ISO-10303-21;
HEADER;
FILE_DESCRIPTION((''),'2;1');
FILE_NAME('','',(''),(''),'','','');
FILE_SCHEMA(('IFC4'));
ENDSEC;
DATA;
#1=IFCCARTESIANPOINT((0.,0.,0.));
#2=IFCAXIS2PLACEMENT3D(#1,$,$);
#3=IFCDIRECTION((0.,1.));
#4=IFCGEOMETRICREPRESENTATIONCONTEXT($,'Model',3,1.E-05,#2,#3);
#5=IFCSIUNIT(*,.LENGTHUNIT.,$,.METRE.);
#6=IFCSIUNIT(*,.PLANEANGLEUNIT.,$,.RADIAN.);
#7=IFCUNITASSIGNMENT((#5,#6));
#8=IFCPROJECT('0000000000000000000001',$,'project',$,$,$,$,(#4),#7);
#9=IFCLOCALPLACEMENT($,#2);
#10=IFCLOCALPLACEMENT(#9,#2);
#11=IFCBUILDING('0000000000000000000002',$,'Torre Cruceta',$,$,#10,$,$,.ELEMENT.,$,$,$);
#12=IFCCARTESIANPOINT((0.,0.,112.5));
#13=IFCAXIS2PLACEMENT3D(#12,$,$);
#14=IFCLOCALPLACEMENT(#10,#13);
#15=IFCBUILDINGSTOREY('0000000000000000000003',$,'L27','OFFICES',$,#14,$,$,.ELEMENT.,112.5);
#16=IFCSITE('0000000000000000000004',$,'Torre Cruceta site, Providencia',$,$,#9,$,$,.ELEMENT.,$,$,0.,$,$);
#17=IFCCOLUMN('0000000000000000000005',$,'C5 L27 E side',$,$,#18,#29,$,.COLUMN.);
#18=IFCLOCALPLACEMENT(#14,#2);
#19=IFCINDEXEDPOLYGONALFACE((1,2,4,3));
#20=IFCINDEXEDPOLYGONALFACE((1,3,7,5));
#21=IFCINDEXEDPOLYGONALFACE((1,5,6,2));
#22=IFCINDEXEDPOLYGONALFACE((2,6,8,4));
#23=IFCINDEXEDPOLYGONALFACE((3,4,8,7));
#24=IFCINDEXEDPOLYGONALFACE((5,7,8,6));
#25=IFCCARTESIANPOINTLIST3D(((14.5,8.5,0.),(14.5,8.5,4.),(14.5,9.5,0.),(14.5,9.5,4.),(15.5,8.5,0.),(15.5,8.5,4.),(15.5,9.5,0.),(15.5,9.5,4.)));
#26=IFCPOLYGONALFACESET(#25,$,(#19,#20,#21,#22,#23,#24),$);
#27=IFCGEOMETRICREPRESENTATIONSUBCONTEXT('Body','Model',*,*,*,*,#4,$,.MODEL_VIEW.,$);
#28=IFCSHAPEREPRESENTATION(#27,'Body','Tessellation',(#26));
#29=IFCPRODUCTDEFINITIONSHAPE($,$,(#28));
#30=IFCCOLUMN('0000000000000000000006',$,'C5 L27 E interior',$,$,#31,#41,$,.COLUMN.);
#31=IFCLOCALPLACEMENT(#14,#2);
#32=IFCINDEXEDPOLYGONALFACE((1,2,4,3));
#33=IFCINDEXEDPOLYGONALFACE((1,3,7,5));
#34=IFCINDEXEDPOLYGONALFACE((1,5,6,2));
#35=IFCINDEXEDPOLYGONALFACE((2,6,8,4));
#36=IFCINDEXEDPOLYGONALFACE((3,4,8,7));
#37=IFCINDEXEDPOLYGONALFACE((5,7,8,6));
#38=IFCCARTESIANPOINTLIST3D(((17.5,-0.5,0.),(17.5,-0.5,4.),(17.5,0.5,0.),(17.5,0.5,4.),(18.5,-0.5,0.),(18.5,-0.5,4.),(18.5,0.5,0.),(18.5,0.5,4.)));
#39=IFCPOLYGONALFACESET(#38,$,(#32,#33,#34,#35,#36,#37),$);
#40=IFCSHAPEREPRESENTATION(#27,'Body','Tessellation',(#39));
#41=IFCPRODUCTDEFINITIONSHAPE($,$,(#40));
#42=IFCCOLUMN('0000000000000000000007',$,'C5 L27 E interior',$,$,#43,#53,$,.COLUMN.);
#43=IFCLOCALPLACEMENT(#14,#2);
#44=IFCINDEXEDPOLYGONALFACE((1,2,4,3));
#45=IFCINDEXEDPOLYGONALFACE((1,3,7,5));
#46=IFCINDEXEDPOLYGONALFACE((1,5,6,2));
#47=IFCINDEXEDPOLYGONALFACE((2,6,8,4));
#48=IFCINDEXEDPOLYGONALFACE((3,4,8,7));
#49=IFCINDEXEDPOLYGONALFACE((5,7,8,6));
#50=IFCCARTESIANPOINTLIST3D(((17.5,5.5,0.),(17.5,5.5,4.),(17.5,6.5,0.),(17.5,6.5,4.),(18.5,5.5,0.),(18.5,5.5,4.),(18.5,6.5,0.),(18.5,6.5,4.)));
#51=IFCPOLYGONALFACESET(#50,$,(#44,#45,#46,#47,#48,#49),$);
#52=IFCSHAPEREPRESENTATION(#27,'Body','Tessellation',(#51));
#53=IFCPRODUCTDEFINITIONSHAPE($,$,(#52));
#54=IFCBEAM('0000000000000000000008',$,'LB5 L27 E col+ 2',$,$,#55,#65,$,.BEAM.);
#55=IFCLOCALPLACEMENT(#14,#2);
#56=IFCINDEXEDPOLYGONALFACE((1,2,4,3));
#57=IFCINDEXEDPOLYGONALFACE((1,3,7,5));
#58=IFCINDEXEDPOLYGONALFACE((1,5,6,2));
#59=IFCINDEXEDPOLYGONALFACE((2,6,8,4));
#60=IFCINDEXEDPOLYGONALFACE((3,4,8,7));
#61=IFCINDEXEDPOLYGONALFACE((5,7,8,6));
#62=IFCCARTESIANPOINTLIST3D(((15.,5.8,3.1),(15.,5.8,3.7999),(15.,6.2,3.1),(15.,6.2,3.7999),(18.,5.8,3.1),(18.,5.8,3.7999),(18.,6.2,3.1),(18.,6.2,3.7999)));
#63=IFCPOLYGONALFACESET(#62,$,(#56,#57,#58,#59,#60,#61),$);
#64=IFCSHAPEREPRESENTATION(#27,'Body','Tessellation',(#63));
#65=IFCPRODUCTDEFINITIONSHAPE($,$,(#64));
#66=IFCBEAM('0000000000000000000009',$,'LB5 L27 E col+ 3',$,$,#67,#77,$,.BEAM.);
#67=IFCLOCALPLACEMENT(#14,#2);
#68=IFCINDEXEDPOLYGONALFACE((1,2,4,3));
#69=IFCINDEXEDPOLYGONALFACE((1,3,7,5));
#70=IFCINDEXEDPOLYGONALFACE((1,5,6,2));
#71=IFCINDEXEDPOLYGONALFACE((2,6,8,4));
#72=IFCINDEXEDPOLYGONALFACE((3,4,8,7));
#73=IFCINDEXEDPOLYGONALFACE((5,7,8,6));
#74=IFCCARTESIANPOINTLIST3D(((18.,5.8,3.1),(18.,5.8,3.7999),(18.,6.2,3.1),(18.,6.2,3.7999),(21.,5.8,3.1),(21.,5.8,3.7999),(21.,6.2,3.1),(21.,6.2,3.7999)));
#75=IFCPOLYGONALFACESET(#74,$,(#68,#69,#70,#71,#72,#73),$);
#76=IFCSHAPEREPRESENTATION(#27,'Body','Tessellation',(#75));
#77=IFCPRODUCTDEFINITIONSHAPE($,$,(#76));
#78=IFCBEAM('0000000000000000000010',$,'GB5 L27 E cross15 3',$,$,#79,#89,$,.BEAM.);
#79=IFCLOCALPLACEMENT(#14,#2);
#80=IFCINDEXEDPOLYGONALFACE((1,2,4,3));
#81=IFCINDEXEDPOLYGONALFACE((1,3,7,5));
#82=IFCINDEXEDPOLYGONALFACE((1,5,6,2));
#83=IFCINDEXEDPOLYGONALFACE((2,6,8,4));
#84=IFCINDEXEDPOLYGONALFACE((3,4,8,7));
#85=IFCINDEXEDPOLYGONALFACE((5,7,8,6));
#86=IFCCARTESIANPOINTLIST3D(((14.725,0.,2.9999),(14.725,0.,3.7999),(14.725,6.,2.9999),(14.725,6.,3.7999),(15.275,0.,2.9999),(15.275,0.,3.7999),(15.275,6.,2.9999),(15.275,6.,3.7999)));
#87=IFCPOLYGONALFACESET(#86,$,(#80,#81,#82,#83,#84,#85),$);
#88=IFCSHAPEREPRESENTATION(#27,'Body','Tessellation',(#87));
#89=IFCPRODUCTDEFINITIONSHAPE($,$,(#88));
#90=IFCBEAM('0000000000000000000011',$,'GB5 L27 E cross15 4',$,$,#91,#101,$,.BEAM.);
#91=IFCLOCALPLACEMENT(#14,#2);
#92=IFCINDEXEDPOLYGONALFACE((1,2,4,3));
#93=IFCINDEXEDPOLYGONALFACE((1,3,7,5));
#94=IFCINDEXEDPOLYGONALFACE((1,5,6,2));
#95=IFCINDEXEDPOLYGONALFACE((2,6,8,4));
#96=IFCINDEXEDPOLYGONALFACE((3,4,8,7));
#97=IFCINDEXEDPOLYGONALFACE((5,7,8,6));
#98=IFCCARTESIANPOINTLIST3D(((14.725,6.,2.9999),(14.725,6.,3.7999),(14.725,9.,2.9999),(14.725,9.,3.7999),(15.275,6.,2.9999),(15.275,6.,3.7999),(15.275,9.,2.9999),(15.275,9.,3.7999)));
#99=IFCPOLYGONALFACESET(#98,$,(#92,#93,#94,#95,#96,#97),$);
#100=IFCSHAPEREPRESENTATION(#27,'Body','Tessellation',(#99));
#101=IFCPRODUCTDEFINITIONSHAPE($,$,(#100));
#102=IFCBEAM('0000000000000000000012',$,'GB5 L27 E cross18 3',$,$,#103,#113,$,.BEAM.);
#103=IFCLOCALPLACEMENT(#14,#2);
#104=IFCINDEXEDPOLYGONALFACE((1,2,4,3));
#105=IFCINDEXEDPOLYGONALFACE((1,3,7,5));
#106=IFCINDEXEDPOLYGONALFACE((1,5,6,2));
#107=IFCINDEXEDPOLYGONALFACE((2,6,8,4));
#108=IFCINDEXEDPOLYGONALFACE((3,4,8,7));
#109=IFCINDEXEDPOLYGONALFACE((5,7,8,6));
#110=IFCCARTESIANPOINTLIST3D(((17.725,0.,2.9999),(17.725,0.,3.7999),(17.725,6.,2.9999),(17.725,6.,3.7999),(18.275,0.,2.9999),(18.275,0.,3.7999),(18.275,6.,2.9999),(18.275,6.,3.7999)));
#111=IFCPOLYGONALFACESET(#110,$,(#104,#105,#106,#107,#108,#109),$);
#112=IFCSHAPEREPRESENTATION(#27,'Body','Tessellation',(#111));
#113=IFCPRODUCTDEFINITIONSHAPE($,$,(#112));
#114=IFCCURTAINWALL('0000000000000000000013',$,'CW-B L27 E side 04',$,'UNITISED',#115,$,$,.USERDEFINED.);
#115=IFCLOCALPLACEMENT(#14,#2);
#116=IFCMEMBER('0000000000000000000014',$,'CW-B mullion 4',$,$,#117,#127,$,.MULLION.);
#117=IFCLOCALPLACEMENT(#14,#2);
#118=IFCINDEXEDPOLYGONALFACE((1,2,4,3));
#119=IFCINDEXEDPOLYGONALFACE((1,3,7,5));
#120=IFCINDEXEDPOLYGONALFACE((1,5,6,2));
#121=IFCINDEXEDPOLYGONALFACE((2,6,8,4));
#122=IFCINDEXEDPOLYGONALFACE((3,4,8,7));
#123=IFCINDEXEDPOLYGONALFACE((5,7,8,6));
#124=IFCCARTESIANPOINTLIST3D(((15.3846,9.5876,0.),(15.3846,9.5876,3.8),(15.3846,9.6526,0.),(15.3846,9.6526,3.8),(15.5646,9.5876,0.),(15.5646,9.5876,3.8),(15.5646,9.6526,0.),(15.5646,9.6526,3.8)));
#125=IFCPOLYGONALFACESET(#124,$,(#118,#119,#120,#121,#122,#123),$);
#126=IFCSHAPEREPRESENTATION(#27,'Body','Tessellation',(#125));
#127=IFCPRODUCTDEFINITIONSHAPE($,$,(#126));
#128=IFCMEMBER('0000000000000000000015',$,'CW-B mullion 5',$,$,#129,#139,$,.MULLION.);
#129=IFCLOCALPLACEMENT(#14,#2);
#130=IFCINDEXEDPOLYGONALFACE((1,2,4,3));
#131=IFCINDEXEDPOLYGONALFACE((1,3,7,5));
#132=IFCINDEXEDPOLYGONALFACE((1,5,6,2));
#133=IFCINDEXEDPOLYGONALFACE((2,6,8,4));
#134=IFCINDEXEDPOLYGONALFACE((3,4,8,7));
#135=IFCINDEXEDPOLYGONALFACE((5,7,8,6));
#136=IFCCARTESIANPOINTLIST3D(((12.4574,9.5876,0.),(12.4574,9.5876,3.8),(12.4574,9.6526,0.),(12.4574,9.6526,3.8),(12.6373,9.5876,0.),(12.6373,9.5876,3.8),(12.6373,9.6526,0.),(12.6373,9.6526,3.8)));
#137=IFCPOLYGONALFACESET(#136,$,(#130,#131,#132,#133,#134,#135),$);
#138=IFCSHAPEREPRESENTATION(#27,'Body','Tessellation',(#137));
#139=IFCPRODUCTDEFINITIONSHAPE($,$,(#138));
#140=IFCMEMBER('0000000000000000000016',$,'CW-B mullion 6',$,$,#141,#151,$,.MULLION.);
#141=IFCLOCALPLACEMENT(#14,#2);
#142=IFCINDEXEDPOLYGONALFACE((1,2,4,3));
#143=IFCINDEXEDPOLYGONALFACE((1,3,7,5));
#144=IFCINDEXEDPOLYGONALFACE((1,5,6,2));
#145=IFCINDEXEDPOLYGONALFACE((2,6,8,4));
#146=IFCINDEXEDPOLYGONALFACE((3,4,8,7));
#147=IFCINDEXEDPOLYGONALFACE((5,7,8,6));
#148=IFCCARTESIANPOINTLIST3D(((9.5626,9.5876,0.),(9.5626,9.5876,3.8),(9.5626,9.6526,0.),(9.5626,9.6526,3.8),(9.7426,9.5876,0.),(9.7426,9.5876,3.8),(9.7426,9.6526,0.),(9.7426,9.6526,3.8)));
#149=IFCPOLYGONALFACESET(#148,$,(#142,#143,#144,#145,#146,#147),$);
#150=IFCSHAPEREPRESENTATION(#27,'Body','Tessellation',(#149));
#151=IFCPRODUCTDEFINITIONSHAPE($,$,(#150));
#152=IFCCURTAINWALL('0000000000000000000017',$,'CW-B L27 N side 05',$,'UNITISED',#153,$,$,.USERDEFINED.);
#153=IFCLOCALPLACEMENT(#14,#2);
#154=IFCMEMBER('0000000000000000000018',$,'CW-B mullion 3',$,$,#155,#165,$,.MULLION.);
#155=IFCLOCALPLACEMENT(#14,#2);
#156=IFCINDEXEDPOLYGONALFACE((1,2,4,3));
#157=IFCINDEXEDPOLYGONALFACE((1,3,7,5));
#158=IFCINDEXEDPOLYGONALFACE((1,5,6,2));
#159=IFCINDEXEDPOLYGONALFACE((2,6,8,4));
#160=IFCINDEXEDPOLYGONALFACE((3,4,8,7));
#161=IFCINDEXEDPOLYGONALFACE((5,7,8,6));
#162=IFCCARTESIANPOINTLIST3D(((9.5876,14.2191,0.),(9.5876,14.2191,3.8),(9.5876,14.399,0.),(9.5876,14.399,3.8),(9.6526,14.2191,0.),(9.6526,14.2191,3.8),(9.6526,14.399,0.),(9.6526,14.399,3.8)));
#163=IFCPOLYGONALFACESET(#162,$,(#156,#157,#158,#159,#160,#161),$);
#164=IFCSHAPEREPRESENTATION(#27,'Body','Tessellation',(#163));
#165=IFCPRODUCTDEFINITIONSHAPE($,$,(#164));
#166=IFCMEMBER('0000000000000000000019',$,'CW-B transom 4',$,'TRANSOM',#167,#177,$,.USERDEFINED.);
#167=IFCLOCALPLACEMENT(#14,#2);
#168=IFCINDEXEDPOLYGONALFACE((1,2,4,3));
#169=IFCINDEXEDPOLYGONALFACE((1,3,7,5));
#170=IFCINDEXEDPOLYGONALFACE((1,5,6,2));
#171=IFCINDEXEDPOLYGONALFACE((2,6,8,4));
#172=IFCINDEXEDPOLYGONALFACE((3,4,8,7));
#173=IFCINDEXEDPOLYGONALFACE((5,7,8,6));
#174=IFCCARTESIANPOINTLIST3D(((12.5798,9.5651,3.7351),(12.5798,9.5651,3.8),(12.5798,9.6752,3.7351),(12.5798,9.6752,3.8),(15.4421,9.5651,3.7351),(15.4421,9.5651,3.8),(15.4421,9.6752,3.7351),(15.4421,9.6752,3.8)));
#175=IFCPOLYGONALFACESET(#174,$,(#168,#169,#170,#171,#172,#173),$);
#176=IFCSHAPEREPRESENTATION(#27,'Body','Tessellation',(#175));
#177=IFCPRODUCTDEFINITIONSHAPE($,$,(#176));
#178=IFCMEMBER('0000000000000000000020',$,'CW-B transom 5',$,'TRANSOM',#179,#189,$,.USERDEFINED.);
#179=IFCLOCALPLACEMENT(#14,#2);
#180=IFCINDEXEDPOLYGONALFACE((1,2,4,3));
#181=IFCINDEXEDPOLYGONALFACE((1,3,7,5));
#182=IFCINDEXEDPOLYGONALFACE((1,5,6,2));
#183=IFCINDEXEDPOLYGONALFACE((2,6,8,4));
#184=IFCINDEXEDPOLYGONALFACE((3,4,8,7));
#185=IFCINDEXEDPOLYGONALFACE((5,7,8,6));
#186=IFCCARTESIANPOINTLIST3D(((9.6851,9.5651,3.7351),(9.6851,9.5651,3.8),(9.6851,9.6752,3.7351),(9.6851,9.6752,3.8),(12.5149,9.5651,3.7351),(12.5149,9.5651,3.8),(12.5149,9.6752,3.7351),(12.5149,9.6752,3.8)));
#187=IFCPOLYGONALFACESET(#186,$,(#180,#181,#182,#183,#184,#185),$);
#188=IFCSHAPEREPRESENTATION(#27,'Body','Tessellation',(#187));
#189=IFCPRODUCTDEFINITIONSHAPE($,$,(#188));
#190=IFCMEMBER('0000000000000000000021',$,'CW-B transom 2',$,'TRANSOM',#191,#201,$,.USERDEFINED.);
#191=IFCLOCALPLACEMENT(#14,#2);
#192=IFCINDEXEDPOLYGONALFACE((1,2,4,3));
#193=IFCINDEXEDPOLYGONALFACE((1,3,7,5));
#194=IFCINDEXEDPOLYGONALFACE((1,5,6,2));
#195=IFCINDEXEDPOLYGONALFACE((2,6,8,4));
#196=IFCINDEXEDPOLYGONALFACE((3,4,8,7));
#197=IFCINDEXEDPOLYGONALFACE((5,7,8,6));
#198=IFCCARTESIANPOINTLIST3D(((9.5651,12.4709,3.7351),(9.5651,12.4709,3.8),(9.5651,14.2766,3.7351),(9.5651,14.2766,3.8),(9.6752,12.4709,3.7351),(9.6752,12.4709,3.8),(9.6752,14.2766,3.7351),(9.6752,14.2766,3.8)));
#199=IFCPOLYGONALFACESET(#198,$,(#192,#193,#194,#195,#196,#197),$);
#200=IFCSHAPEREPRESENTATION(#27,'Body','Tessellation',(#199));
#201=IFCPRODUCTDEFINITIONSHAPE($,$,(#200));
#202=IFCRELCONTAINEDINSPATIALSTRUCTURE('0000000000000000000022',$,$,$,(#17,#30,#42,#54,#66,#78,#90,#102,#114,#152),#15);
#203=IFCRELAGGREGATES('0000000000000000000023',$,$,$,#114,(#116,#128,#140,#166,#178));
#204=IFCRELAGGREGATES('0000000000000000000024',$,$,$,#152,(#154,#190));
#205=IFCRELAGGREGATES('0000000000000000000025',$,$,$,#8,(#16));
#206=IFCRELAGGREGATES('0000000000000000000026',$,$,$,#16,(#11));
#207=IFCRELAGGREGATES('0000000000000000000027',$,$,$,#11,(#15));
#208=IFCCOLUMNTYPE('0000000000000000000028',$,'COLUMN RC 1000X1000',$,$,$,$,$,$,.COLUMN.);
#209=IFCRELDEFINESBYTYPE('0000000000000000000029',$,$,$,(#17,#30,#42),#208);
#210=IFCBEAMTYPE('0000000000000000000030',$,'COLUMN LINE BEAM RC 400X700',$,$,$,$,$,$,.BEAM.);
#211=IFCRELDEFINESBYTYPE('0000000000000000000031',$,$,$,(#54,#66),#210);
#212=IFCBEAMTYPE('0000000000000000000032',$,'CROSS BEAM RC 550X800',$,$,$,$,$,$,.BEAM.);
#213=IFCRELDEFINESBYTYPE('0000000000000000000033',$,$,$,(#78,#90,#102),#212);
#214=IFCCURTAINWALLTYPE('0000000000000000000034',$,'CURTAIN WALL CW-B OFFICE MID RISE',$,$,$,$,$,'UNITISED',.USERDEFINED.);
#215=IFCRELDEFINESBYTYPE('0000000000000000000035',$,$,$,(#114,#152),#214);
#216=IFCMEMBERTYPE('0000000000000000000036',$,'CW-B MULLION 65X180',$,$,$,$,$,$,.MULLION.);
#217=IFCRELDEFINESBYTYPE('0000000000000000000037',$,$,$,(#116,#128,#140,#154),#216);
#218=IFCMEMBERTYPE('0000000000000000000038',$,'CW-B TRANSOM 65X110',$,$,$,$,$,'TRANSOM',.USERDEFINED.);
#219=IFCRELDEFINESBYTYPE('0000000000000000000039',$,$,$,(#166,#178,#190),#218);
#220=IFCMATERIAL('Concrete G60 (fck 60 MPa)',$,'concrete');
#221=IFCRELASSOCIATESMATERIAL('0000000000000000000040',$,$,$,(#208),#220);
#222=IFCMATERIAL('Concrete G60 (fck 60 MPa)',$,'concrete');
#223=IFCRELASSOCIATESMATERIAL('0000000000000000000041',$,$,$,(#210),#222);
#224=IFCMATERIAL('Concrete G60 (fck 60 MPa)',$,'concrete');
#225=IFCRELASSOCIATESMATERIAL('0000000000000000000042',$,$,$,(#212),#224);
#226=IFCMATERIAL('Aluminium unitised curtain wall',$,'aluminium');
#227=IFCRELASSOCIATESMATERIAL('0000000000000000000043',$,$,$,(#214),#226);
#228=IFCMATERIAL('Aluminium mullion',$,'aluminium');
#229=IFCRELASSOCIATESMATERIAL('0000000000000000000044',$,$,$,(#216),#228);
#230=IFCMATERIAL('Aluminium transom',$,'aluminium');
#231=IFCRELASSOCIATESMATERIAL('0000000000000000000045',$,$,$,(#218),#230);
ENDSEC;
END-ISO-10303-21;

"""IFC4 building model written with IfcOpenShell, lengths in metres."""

from ifc_helpers import new_model, si_unit, direction, frame, origin, origin_2d, place, context, subcontext, project, spatial, rectangle, extrude, material, material_profile, profile_set, type_object, element, aggregate, save


model = new_model("IFC4")

# Units and contexts
model_context = context("Model", 3, precision=1e-05, world=origin(), true_north=direction((0.0, 1.0)))
body_context = subcontext(model_context, "Body", "Model", "MODEL_VIEW")
ifc_project = project(units=[si_unit("LENGTHUNIT", "METRE"), si_unit("PLANEANGLEUNIT", "RADIAN")], contexts=[model_context])

# Site, building, storey
site_placement = place(None, origin())
site = spatial("IfcSite", under=ifc_project, at=site_placement, Name="Torre Cruceta site, Providencia", CompositionType="ELEMENT", RefElevation=0.0)
building_placement = place(site_placement, origin())
building = spatial("IfcBuilding", under=site, at=building_placement, Name="Torre Cruceta", CompositionType="ELEMENT")
storey_placement = place(building_placement, frame((0.0, 0.0, 112.5)))
storey = spatial("IfcBuildingStorey", under=building, at=storey_placement, Name="L27", Description="OFFICES", CompositionType="ELEMENT", Elevation=112.5)

# Columns
ifc_material_1 = material(Name="Concrete G60 (fck 60 MPa)", Category="concrete")
ifc_material_profile_1 = material_profile(ifc_material_1, rectangle(XDim=1.0, YDim=1.0, at=origin_2d()), Name="RC 1000X1000")
ifc_profile_set_1 = profile_set([ifc_material_profile_1], Name="Concrete G60 (fck 60 MPa)")
column_type = type_object("IfcColumnType", Name="COLUMN RC 1000X1000", PredefinedType="COLUMN", material=ifc_profile_set_1)
for number, where, z_axis, x_axis, name in (
    (1, (15.0, 9.0, 0.0), (0.0, 0.0, 1.0), (1.0, 0.0, 0.0), "C5 L27 E side"),
    (2, (18.0, 0.0, 0.0), (0.0, 0.0, 1.0), (1.0, 0.0, 0.0), "C5 L27 E interior"),
    (3, (18.0, 6.0, 0.0), (0.0, 0.0, 1.0), (1.0, 0.0, 0.0), "C5 L27 E interior"),
):
    element("IfcColumn", number, at=place(storey_placement, frame(where, z_axis=z_axis, x_axis=x_axis)), inside=storey, type_object=column_type, Name=name, PredefinedType="COLUMN", context=body_context, shape_type="SweptSolid", body=[
        extrude(rectangle(XDim=1.0, YDim=1.0, at=origin_2d()), origin(), (0.0, 0.0, 1.0), 4.0),
    ])

# Beams
ifc_material_2 = material(Name="Concrete G60 (fck 60 MPa)", Category="concrete")
ifc_material_profile_2 = material_profile(ifc_material_2, rectangle(XDim=0.3999, YDim=0.7, at=origin_2d()), Name="RC 400X700")
ifc_profile_set_2 = profile_set([ifc_material_profile_2], Name="Concrete G60 (fck 60 MPa)")
beam_type_1 = type_object("IfcBeamType", Name="COLUMN LINE BEAM RC 400X700", PredefinedType="BEAM", material=ifc_profile_set_2)
for number, where, z_axis, x_axis, name in (
    (4, (15.0, 6.0, 3.45), (1.0, 0.0, 0.0), (0.0, 1.0, 0.0), "LB5 L27 E col+ 2"),
    (5, (18.0, 6.0, 3.45), (1.0, 0.0, 0.0), (0.0, 1.0, 0.0), "LB5 L27 E col+ 3"),
):
    element("IfcBeam", number, at=place(storey_placement, frame(where, z_axis=z_axis, x_axis=x_axis)), inside=storey, type_object=beam_type_1, Name=name, PredefinedType="BEAM", context=body_context, shape_type="SweptSolid", body=[
        extrude(rectangle(XDim=0.3999, YDim=0.7, at=origin_2d()), origin(), (0.0, 0.0, 1.0), 3.0),
    ])
ifc_material_3 = material(Name="Concrete G60 (fck 60 MPa)", Category="concrete")
ifc_material_profile_3 = material_profile(ifc_material_3, rectangle(XDim=0.55, YDim=0.8, at=origin_2d()), Name="RC 550X800")
ifc_profile_set_3 = profile_set([ifc_material_profile_3], Name="Concrete G60 (fck 60 MPa)")
beam_type_2 = type_object("IfcBeamType", Name="CROSS BEAM RC 550X800", PredefinedType="BEAM", material=ifc_profile_set_3)
beam_1_placement = place(storey_placement, frame((15.0, 0.0, 3.3999), z_axis=(0.0, 1.0, 0.0), x_axis=(-1.0, 0.0, 0.0)))
element("IfcBeam", 6, at=beam_1_placement, inside=storey, type_object=beam_type_2, Name="GB5 L27 E cross15 3", PredefinedType="BEAM", context=body_context, shape_type="SweptSolid", body=[
    extrude(rectangle(XDim=0.55, YDim=0.8, at=origin_2d()), origin(), (0.0, 0.0, 1.0), 6.0),
])
beam_2_placement = place(storey_placement, frame((15.0, 6.0, 3.3999), z_axis=(0.0, 1.0, 0.0), x_axis=(-1.0, 0.0, 0.0)))
element("IfcBeam", 7, at=beam_2_placement, inside=storey, type_object=beam_type_2, Name="GB5 L27 E cross15 4", PredefinedType="BEAM", context=body_context, shape_type="SweptSolid", body=[
    extrude(rectangle(XDim=0.55, YDim=0.8, at=origin_2d()), origin(), (0.0, 0.0, 1.0), 3.0),
])
beam_3_placement = place(storey_placement, frame((18.0, 0.0, 3.3999), z_axis=(0.0, 1.0, 0.0), x_axis=(-1.0, 0.0, 0.0)))
element("IfcBeam", 8, at=beam_3_placement, inside=storey, type_object=beam_type_2, Name="GB5 L27 E cross18 3", PredefinedType="BEAM", context=body_context, shape_type="SweptSolid", body=[
    extrude(rectangle(XDim=0.55, YDim=0.8, at=origin_2d()), origin(), (0.0, 0.0, 1.0), 6.0),
])

# Curtain wall, members
ifc_material_4 = material(Name="Aluminium unitised curtain wall", Category="aluminium")
curtain_wall_type = type_object("IfcCurtainWallType", Name="CURTAIN WALL CW-B OFFICE MID RISE", ElementType="UNITISED", PredefinedType="USERDEFINED", material=ifc_material_4)
curtain_wall_1_placement = place(storey_placement, origin())
curtain_wall_1 = element("IfcCurtainWall", 9, at=curtain_wall_1_placement, inside=storey, type_object=curtain_wall_type, Name="CW-B L27 E side 04", ObjectType="UNITISED", PredefinedType="USERDEFINED")
ifc_material_5 = material(Name="Aluminium mullion", Category="aluminium")
ifc_material_profile_4 = material_profile(ifc_material_5, rectangle(XDim=0.0649, YDim=0.1799, at=origin_2d()), Name="AL 65X180")
ifc_profile_set_4 = profile_set([ifc_material_profile_4], Name="Aluminium mullion")
member_type_1 = type_object("IfcMemberType", Name="CW-B MULLION 65X180", PredefinedType="MULLION", material=ifc_profile_set_4)
member_1_placement = place(storey_placement, frame((15.4746, 9.6201, 0.0), z_axis=(0.0, 0.0, 1.0), x_axis=(0.0, -1.0, 0.0)))
member_1 = element("IfcMember", 10, at=member_1_placement, type_object=member_type_1, Name="CW-B mullion 4", PredefinedType="MULLION", context=body_context, shape_type="SweptSolid", body=[
    extrude(rectangle(XDim=0.0649, YDim=0.1799, at=origin_2d()), origin(), (0.0, 0.0, 1.0), 3.8),
])
member_2_placement = place(storey_placement, frame((12.5474, 9.6201, 0.0), z_axis=(0.0, 0.0, 1.0), x_axis=(0.0, -1.0, 0.0)))
member_2 = element("IfcMember", 11, at=member_2_placement, type_object=member_type_1, Name="CW-B mullion 5", PredefinedType="MULLION", context=body_context, shape_type="SweptSolid", body=[
    extrude(rectangle(XDim=0.0649, YDim=0.1799, at=origin_2d()), origin(), (0.0, 0.0, 1.0), 3.8),
])
member_3_placement = place(storey_placement, frame((9.6526, 9.6201, 0.0), z_axis=(0.0, 0.0, 1.0), x_axis=(0.0, -1.0, 0.0)))
member_3 = element("IfcMember", 12, at=member_3_placement, type_object=member_type_1, Name="CW-B mullion 6", PredefinedType="MULLION", context=body_context, shape_type="SweptSolid", body=[
    extrude(rectangle(XDim=0.0649, YDim=0.1799, at=origin_2d()), origin(), (0.0, 0.0, 1.0), 3.8),
])

# Curtain wall, member
curtain_wall_2_placement = place(storey_placement, origin())
curtain_wall_2 = element("IfcCurtainWall", 13, at=curtain_wall_2_placement, inside=storey, type_object=curtain_wall_type, Name="CW-B L27 N side 05", ObjectType="UNITISED", PredefinedType="USERDEFINED")
member_4_placement = place(storey_placement, frame((9.6201, 14.3091, 0.0), z_axis=(0.0, 0.0, 1.0), x_axis=(-1.0, 0.0, 0.0)))
member_4 = element("IfcMember", 14, at=member_4_placement, type_object=member_type_1, Name="CW-B mullion 3", PredefinedType="MULLION", context=body_context, shape_type="SweptSolid", body=[
    extrude(rectangle(XDim=0.0649, YDim=0.1799, at=origin_2d()), origin(), (0.0, 0.0, 1.0), 3.8),
])

# Members
ifc_material_6 = material(Name="Aluminium transom", Category="aluminium")
ifc_material_profile_5 = material_profile(ifc_material_6, rectangle(XDim=0.1101, YDim=0.0649, at=origin_2d()), Name="AL 110X65")
ifc_profile_set_5 = profile_set([ifc_material_profile_5], Name="Aluminium transom")
member_type_2 = type_object("IfcMemberType", Name="CW-B TRANSOM 65X110", ElementType="TRANSOM", PredefinedType="USERDEFINED", material=ifc_profile_set_5)
member_5_placement = place(storey_placement, frame((15.4421, 9.6201, 3.7676), z_axis=(-1.0, 0.0, 0.0), x_axis=(0.0, -1.0, 0.0)))
member_5 = element("IfcMember", 15, at=member_5_placement, type_object=member_type_2, Name="CW-B transom 4", ObjectType="TRANSOM", PredefinedType="USERDEFINED", context=body_context, shape_type="SweptSolid", body=[
    extrude(rectangle(XDim=0.1101, YDim=0.0649, at=origin_2d()), origin(), (0.0, 0.0, 1.0), 2.8623),
])
member_6_placement = place(storey_placement, frame((12.5149, 9.6201, 3.7676), z_axis=(-1.0, 0.0, 0.0), x_axis=(0.0, -1.0, 0.0)))
member_6 = element("IfcMember", 16, at=member_6_placement, type_object=member_type_2, Name="CW-B transom 5", ObjectType="TRANSOM", PredefinedType="USERDEFINED", context=body_context, shape_type="SweptSolid", body=[
    extrude(rectangle(XDim=0.1101, YDim=0.0649, at=origin_2d()), origin(), (0.0, 0.0, 1.0), 2.8298),
])
member_7_placement = place(storey_placement, frame((9.6201, 12.4709, 3.7676), z_axis=(0.0, 1.0, 0.0), x_axis=(-1.0, 0.0, 0.0)))
member_7 = element("IfcMember", 17, at=member_7_placement, type_object=member_type_2, Name="CW-B transom 2", ObjectType="TRANSOM", PredefinedType="USERDEFINED", context=body_context, shape_type="SweptSolid", body=[
    extrude(rectangle(XDim=0.1101, YDim=0.0649, at=origin_2d()), origin(), (0.0, 0.0, 1.0), 1.8057),
])

aggregate(curtain_wall_1, [member_1, member_2, member_3, member_5, member_6])
aggregate(curtain_wall_2, [member_4, member_7])

save(model, "model.ifc")
